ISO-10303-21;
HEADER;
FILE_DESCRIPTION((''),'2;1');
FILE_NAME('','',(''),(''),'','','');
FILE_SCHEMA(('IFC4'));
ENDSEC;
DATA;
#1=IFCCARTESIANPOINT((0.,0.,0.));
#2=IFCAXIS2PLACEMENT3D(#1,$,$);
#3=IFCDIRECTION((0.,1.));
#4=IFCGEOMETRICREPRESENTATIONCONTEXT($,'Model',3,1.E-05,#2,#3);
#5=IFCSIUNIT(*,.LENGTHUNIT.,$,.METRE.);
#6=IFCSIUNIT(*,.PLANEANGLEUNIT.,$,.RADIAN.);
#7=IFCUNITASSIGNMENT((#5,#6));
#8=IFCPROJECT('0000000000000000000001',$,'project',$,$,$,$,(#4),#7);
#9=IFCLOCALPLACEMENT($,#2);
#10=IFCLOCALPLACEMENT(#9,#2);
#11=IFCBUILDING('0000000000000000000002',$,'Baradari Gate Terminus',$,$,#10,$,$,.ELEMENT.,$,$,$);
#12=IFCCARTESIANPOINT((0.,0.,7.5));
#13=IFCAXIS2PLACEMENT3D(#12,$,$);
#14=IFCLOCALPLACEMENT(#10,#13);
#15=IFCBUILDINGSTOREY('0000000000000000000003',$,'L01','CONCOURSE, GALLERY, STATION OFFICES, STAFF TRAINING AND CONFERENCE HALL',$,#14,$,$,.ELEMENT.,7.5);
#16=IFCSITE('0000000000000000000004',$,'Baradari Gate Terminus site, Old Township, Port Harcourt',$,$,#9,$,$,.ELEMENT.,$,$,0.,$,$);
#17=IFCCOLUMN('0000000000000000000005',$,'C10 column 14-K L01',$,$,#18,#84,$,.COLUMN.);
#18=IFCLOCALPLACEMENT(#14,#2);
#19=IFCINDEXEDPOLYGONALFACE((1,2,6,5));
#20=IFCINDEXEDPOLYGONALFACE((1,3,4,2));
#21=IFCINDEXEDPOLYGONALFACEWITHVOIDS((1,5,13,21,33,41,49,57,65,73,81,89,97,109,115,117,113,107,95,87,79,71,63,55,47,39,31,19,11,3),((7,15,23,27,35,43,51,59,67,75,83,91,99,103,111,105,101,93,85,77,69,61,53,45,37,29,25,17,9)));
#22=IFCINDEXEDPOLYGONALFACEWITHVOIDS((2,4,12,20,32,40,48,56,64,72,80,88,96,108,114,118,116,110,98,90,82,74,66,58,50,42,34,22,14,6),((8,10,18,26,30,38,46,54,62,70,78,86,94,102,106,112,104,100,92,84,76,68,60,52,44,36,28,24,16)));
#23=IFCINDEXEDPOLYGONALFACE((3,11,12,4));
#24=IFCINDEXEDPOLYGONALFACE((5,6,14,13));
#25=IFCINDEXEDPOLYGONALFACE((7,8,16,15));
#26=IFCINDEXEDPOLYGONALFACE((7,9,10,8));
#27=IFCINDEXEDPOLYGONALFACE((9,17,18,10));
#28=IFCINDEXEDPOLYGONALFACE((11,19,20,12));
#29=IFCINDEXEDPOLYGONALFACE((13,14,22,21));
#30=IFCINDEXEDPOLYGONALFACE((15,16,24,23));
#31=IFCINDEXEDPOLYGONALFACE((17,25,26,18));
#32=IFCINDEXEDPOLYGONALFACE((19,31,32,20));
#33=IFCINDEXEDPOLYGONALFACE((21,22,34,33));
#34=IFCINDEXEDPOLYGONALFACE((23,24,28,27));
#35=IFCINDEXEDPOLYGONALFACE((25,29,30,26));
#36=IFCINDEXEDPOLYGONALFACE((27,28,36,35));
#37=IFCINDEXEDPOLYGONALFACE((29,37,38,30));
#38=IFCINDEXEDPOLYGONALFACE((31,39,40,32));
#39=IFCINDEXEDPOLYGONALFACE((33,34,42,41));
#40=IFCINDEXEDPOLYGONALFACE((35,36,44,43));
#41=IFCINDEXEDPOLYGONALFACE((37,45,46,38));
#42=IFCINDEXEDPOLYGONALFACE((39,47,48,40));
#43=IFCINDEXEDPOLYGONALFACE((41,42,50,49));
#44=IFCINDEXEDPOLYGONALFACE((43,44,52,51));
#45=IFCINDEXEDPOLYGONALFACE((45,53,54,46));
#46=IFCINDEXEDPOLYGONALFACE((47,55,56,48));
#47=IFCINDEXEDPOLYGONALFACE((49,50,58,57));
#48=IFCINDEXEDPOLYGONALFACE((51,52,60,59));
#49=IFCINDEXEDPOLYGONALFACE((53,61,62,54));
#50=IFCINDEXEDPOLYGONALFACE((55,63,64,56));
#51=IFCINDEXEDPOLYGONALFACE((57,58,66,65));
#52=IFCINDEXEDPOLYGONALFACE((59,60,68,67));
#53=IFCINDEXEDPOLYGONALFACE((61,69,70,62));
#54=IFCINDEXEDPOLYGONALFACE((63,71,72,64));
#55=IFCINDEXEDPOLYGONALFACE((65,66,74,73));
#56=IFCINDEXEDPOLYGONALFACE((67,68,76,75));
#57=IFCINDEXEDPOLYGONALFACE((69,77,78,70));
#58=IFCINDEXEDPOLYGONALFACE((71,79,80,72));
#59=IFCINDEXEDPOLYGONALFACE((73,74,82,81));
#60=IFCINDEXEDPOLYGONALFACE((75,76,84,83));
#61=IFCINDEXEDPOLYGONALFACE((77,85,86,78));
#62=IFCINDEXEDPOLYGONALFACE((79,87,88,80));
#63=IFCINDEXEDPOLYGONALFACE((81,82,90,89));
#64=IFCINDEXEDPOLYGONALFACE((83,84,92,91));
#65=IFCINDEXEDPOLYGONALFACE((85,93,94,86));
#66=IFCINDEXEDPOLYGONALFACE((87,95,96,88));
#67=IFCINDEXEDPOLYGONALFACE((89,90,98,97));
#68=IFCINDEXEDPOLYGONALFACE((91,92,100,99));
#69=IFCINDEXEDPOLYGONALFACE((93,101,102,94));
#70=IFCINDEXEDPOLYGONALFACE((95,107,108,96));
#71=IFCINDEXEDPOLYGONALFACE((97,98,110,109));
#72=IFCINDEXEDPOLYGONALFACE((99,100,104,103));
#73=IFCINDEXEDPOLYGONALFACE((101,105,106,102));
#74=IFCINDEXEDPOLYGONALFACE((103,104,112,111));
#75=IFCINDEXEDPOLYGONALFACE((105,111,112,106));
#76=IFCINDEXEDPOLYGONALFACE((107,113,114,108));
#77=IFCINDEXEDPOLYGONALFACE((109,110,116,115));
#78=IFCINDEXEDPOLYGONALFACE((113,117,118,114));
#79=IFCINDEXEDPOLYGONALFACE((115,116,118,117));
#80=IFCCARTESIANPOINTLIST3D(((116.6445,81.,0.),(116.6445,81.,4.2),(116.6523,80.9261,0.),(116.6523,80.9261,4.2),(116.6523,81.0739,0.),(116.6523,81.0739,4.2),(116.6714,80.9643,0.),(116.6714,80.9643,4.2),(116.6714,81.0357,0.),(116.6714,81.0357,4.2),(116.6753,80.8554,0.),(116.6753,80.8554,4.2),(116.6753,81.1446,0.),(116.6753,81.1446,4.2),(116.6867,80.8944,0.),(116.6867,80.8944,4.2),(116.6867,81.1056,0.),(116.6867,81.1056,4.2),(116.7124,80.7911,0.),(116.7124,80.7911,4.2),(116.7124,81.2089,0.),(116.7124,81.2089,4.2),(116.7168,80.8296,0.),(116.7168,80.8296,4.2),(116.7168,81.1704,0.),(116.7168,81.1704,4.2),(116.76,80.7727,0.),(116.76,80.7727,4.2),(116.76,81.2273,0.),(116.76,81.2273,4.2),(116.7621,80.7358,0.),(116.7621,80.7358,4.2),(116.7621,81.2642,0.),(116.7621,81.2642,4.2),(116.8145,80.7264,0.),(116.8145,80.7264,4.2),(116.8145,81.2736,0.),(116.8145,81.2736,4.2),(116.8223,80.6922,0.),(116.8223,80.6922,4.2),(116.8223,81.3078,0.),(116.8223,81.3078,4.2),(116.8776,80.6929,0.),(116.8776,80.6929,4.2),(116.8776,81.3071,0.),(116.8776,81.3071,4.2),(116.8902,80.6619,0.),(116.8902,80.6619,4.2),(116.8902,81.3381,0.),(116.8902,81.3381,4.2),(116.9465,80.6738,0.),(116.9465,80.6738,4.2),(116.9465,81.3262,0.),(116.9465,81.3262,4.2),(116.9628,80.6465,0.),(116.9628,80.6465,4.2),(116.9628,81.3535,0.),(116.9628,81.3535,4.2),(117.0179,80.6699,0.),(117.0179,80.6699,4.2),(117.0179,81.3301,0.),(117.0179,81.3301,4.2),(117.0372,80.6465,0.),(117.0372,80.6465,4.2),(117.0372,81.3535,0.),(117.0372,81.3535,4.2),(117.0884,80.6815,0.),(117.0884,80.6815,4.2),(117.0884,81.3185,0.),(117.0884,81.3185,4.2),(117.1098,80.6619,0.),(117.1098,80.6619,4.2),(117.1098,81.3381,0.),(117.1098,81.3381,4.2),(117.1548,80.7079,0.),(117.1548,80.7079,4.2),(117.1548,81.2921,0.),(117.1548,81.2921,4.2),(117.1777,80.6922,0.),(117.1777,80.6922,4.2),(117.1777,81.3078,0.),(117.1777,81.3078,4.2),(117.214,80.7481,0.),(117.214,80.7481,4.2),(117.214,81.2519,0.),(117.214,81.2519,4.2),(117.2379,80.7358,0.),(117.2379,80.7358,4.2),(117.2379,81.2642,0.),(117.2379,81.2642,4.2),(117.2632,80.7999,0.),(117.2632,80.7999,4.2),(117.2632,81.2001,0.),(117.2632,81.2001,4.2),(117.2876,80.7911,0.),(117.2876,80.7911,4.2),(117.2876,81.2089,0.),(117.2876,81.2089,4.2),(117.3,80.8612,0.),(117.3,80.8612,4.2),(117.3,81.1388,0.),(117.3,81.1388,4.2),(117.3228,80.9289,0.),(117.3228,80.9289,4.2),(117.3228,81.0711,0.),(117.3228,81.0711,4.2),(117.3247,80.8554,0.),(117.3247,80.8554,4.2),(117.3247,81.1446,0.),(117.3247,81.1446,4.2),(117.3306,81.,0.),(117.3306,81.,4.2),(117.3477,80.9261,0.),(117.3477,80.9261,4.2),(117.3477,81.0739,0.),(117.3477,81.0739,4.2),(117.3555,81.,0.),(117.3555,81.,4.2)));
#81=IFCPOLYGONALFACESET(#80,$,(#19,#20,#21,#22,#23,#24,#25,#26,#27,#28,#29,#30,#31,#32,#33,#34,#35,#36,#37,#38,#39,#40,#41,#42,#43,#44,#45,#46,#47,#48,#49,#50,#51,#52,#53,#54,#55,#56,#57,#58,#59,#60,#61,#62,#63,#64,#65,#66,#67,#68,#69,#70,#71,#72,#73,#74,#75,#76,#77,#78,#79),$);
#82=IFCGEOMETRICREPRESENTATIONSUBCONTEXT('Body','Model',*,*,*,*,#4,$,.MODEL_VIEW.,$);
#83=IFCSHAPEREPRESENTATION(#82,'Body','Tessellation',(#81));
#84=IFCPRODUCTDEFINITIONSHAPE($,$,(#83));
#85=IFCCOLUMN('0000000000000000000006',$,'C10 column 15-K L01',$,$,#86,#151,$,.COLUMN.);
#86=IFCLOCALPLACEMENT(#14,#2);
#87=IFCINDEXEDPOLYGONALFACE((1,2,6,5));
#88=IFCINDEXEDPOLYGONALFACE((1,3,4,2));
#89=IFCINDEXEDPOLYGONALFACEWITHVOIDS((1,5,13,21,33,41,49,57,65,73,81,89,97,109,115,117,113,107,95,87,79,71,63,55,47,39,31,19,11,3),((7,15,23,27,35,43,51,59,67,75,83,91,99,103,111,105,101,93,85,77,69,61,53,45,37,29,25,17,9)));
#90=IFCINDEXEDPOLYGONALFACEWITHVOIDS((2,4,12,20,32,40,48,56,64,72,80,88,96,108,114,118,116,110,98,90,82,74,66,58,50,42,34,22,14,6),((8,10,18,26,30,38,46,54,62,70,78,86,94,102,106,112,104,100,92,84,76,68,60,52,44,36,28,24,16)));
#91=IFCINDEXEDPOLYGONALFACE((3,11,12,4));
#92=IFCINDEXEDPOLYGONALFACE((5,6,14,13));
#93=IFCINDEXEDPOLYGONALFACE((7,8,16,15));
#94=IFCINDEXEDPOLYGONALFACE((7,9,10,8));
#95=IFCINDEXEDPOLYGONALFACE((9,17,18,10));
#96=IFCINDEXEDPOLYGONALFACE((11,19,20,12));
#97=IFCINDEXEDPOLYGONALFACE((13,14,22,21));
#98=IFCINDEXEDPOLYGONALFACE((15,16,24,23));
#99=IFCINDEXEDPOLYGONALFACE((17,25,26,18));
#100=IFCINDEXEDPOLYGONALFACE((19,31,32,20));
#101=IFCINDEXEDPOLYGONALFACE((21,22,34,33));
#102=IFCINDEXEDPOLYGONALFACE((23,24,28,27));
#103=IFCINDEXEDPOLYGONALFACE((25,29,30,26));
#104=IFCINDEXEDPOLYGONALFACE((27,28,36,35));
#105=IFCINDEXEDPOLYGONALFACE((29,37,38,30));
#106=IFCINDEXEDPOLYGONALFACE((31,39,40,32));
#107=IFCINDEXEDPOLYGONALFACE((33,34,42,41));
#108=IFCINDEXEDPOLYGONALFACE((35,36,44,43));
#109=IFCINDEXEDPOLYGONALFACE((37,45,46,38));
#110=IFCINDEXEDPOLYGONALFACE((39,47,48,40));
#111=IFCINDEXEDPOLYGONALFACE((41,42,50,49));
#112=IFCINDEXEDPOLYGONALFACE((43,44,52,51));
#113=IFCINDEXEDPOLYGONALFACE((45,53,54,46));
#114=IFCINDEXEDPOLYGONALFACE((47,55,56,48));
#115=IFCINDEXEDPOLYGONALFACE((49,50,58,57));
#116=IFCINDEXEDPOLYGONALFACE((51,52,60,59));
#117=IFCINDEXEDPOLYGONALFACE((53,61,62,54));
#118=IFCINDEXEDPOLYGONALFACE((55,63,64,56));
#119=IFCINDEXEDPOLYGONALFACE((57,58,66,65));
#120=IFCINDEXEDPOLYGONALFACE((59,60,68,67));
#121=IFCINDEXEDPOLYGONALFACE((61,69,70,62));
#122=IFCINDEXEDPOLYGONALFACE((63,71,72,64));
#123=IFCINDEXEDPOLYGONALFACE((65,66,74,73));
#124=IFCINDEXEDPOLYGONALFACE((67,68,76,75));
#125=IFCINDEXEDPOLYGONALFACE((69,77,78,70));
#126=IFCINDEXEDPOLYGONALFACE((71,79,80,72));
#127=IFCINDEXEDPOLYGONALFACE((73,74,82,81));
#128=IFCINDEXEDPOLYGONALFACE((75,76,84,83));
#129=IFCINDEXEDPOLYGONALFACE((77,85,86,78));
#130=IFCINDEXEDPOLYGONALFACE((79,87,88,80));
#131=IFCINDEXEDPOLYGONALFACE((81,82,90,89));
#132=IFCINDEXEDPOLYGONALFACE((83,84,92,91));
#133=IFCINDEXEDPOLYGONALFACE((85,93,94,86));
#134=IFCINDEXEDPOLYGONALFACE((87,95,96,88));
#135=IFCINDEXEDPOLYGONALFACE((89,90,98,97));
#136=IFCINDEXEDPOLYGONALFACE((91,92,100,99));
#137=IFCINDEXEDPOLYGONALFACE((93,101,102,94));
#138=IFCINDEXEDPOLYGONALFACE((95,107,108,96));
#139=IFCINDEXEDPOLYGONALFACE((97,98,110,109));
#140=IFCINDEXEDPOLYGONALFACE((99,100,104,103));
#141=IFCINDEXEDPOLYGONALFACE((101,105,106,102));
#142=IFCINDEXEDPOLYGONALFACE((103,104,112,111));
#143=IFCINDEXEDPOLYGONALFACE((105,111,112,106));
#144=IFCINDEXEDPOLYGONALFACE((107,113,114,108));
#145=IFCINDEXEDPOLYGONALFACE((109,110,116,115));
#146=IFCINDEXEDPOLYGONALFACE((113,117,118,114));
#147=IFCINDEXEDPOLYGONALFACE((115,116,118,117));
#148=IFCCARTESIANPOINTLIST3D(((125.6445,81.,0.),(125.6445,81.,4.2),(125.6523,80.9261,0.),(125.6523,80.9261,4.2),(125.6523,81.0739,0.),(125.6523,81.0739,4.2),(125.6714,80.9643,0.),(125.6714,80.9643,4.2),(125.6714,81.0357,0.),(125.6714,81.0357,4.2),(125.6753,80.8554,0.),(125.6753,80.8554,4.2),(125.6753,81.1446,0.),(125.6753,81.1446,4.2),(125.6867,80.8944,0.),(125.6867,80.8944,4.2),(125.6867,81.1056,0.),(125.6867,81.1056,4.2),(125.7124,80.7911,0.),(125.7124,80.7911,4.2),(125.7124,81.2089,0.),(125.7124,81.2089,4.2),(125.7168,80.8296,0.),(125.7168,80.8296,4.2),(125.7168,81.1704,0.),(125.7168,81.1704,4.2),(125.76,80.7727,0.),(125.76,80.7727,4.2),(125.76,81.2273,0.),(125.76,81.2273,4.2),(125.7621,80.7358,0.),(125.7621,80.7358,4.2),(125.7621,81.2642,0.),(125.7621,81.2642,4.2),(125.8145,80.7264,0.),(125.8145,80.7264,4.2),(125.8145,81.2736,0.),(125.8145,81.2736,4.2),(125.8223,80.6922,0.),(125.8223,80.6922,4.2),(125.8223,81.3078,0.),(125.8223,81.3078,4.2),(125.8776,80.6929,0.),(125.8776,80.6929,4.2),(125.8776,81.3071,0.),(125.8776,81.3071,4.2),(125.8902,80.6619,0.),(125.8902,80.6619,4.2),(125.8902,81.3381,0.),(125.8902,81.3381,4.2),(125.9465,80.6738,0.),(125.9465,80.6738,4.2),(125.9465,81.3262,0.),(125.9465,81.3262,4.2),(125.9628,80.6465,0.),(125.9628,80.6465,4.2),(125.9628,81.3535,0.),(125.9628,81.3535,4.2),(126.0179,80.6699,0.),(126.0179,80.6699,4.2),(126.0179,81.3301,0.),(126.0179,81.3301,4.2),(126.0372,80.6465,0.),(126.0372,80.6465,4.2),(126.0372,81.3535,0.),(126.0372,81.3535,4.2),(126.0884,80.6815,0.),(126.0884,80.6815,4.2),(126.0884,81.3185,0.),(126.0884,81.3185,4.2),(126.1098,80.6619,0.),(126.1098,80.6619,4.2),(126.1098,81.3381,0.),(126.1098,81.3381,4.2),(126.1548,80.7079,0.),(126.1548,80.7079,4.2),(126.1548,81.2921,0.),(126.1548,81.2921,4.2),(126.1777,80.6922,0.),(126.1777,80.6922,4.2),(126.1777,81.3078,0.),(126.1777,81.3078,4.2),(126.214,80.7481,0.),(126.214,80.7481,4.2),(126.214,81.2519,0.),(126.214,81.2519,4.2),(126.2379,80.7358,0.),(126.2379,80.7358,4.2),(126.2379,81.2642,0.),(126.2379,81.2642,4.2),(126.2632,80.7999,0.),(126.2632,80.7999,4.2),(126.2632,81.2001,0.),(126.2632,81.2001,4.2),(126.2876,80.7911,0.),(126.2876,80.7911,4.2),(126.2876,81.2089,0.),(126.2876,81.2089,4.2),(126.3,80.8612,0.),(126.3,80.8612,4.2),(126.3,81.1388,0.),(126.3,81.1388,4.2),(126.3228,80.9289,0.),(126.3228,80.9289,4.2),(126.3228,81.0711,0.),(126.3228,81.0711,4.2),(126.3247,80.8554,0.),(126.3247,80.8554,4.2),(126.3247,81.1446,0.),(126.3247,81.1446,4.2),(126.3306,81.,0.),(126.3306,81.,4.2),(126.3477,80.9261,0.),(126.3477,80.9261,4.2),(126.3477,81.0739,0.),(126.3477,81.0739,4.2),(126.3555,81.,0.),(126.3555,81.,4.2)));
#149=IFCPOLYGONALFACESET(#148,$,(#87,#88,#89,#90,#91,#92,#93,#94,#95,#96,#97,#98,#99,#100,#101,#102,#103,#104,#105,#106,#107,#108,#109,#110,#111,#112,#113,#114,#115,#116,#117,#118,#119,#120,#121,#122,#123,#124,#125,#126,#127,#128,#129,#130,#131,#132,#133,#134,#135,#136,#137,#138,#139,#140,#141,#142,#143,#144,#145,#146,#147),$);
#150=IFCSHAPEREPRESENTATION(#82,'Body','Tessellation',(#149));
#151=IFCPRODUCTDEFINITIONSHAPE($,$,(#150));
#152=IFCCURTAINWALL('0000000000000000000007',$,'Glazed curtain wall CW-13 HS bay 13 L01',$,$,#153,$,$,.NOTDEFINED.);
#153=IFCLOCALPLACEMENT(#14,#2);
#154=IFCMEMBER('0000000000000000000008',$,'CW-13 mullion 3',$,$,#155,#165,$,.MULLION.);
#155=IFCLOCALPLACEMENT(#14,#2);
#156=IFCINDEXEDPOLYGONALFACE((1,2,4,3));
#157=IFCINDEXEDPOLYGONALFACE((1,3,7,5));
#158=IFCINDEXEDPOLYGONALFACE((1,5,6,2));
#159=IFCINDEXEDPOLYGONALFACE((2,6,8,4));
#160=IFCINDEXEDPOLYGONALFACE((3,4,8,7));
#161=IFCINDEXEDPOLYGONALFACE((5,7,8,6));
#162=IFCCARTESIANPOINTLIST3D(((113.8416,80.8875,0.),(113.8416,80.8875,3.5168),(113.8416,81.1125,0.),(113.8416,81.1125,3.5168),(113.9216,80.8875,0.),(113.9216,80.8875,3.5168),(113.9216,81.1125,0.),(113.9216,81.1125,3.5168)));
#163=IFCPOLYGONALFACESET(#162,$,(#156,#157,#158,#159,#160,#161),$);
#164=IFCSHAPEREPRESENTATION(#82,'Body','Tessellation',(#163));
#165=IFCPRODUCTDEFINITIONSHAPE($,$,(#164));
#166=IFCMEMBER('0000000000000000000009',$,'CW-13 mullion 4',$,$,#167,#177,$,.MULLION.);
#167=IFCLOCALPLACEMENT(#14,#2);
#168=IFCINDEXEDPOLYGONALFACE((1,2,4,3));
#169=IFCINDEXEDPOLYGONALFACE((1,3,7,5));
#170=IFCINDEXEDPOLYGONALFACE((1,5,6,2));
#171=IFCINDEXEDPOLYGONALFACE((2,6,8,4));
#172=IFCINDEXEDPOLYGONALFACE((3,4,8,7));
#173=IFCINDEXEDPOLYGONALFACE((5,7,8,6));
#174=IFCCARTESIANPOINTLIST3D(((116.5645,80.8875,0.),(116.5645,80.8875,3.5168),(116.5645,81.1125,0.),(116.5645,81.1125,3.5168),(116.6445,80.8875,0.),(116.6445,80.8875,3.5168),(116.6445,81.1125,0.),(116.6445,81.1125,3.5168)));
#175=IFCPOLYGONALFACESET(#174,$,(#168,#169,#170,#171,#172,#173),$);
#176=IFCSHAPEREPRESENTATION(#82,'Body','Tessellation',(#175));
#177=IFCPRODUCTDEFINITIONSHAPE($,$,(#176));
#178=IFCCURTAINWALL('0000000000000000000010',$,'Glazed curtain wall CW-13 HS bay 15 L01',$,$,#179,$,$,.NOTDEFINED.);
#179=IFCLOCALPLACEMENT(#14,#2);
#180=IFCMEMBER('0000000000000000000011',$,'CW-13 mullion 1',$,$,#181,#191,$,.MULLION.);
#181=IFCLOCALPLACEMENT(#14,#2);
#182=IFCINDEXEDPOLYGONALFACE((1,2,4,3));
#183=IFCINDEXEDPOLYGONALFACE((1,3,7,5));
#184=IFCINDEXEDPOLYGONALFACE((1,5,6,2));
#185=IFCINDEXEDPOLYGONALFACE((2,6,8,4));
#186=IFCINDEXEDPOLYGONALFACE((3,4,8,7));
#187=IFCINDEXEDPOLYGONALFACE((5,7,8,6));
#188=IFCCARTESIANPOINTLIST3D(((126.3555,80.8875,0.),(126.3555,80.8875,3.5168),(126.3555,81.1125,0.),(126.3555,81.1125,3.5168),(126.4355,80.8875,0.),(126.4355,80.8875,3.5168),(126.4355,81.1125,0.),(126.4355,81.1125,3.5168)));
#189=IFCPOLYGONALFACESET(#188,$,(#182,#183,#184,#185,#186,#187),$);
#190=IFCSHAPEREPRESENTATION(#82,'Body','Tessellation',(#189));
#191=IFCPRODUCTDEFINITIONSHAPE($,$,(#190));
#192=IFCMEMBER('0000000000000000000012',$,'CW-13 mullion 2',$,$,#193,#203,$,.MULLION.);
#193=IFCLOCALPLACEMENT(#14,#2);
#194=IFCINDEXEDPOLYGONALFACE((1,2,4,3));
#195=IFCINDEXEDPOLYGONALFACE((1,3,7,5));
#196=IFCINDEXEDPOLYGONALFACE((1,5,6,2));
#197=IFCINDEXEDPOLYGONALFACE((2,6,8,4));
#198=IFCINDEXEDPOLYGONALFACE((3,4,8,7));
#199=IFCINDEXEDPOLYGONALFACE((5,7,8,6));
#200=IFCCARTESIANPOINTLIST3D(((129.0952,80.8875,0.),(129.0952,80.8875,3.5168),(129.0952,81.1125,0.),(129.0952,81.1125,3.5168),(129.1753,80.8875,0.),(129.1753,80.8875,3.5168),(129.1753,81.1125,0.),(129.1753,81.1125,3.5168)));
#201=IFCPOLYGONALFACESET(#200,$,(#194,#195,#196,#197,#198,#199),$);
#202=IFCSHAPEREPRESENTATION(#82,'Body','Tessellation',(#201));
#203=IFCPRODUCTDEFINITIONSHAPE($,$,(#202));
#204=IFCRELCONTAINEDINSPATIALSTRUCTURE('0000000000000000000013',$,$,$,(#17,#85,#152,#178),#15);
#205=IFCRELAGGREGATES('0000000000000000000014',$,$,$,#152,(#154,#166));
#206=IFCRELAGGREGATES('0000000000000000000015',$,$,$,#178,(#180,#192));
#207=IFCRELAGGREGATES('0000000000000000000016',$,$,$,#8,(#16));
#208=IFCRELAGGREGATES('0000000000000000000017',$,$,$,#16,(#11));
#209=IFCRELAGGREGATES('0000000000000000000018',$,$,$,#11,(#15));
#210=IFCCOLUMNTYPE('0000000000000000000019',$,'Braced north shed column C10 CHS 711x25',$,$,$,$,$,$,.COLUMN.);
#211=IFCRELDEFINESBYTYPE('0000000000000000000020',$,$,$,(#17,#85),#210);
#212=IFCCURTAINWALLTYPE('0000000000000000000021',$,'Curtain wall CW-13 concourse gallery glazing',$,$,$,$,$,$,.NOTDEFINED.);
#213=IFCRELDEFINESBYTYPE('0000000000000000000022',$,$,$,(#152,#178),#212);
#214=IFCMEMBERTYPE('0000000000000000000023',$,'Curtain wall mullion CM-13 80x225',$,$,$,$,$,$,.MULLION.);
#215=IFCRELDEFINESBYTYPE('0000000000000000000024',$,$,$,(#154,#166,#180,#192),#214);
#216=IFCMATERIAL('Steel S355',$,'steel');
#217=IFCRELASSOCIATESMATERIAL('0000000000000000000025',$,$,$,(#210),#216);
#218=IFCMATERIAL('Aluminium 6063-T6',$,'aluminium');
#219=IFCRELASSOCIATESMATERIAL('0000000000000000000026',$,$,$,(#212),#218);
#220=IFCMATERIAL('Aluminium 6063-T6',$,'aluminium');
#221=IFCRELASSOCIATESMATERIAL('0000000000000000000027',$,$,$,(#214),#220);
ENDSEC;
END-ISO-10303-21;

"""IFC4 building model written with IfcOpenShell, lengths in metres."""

from ifc_helpers import new_model, si_unit, direction, frame, origin, origin_2d, place, context, subcontext, project, spatial, rectangle, hollow_circle, extrude, material, material_profile, profile_set, type_object, element, aggregate, save


model = new_model("IFC4")

# Units and contexts
model_context = context("Model", 3, precision=1e-05, world=origin(), true_north=direction((0.0, 1.0)))
body_context = subcontext(model_context, "Body", "Model", "MODEL_VIEW")
ifc_project = project(units=[si_unit("LENGTHUNIT", "METRE"), si_unit("PLANEANGLEUNIT", "RADIAN")], contexts=[model_context])

# Site, building, storey
site_placement = place(None, origin())
site = spatial("IfcSite", under=ifc_project, at=site_placement, Name="Baradari Gate Terminus site, Old Township, Port Harcourt", CompositionType="ELEMENT", RefElevation=0.0)
building_placement = place(site_placement, origin())
building = spatial("IfcBuilding", under=site, at=building_placement, Name="Baradari Gate Terminus", CompositionType="ELEMENT")
storey_placement = place(building_placement, frame((0.0, 0.0, 7.5)))
storey = spatial("IfcBuildingStorey", under=building, at=storey_placement, Name="L01", Description="CONCOURSE, GALLERY, STATION OFFICES, STAFF TRAINING AND CONFERENCE HALL", CompositionType="ELEMENT", Elevation=7.5)

# Columns
ifc_material_1 = material(Name="Steel S355", Category="steel")
ifc_material_profile_1 = material_profile(ifc_material_1, hollow_circle(Radius=0.3555, WallThickness=0.0249, at=origin_2d()), Name="CHS 711x25")
ifc_profile_set_1 = profile_set([ifc_material_profile_1], Name="Steel S355")
column_type = type_object("IfcColumnType", Name="Braced north shed column C10 CHS 711x25", PredefinedType="COLUMN", material=ifc_profile_set_1)
for number, where, z_axis, x_axis, name in (
    (1, (117.0, 81.0, 0.0), (0.0, 0.0, 1.0), (1.0, 0.0, 0.0), "C10 column 14-K L01"),
    (2, (126.0, 81.0, 0.0), (0.0, 0.0, 1.0), (1.0, 0.0, 0.0), "C10 column 15-K L01"),
):
    element("IfcColumn", number, at=place(storey_placement, frame(where, z_axis=z_axis, x_axis=x_axis)), inside=storey, type_object=column_type, Name=name, PredefinedType="COLUMN", context=body_context, shape_type="SweptSolid", body=[
        extrude(hollow_circle(Radius=0.3555, WallThickness=0.0249, at=origin_2d()), origin(), (0.0, 0.0, 1.0), 4.2),
    ])

# Curtain walls, members
ifc_material_2 = material(Name="Aluminium 6063-T6", Category="aluminium")
curtain_wall_type = type_object("IfcCurtainWallType", Name="Curtain wall CW-13 concourse gallery glazing", PredefinedType="NOTDEFINED", material=ifc_material_2)
curtain_wall_1_placement = place(storey_placement, origin())
curtain_wall_1 = element("IfcCurtainWall", 3, at=curtain_wall_1_placement, inside=storey, type_object=curtain_wall_type, Name="Glazed curtain wall CW-13 HS bay 13 L01", PredefinedType="NOTDEFINED")
ifc_material_3 = material(Name="Aluminium 6063-T6", Category="aluminium")
ifc_material_profile_2 = material_profile(ifc_material_3, rectangle(XDim=0.2251, YDim=0.0801, at=origin_2d()), Name="CM-13 80X225")
ifc_profile_set_2 = profile_set([ifc_material_profile_2], Name="Aluminium 6063-T6")
member_type_1 = type_object("IfcMemberType", Name="Curtain wall mullion CM-13 80x225", PredefinedType="MULLION", material=ifc_profile_set_2)
member_1_placement = place(storey_placement, frame((113.8816, 81.0, 0.0), z_axis=(0.0, 0.0, 1.0), x_axis=(0.0, 1.0, 0.0)))
member_1 = element("IfcMember", 4, at=member_1_placement, type_object=member_type_1, Name="CW-13 mullion 3", PredefinedType="MULLION", context=body_context, shape_type="SweptSolid", body=[
    extrude(rectangle(XDim=0.2251, YDim=0.0801, at=origin_2d()), origin(), (0.0, 0.0, 1.0), 3.5168),
])
member_2_placement = place(storey_placement, frame((116.6045, 81.0, 0.0), z_axis=(0.0, 0.0, 1.0), x_axis=(0.0, 1.0, 0.0)))
member_2 = element("IfcMember", 5, at=member_2_placement, type_object=member_type_1, Name="CW-13 mullion 4", PredefinedType="MULLION", context=body_context, shape_type="SweptSolid", body=[
    extrude(rectangle(XDim=0.2251, YDim=0.0801, at=origin_2d()), origin(), (0.0, 0.0, 1.0), 3.5168),
])
curtain_wall_2_placement = place(storey_placement, origin())
curtain_wall_2 = element("IfcCurtainWall", 6, at=curtain_wall_2_placement, inside=storey, type_object=curtain_wall_type, Name="Glazed curtain wall CW-13 HS bay 15 L01", PredefinedType="NOTDEFINED")
member_3_placement = place(storey_placement, frame((126.3955, 81.0, 0.0), z_axis=(0.0, 0.0, 1.0), x_axis=(0.0, 1.0, 0.0)))
member_3 = element("IfcMember", 7, at=member_3_placement, type_object=member_type_1, Name="CW-13 mullion 1", PredefinedType="MULLION", context=body_context, shape_type="SweptSolid", body=[
    extrude(rectangle(XDim=0.2251, YDim=0.0801, at=origin_2d()), origin(), (0.0, 0.0, 1.0), 3.5168),
])
member_4_placement = place(storey_placement, frame((129.1353, 81.0, 0.0), z_axis=(0.0, 0.0, 1.0), x_axis=(0.0, 1.0, 0.0)))
member_4 = element("IfcMember", 8, at=member_4_placement, type_object=member_type_1, Name="CW-13 mullion 2", PredefinedType="MULLION", context=body_context, shape_type="SweptSolid", body=[
    extrude(rectangle(XDim=0.2251, YDim=0.0801, at=origin_2d()), origin(), (0.0, 0.0, 1.0), 3.5168),
])

aggregate(curtain_wall_1, [member_1, member_2])
aggregate(curtain_wall_2, [member_3, member_4])

save(model, "model.ifc")
